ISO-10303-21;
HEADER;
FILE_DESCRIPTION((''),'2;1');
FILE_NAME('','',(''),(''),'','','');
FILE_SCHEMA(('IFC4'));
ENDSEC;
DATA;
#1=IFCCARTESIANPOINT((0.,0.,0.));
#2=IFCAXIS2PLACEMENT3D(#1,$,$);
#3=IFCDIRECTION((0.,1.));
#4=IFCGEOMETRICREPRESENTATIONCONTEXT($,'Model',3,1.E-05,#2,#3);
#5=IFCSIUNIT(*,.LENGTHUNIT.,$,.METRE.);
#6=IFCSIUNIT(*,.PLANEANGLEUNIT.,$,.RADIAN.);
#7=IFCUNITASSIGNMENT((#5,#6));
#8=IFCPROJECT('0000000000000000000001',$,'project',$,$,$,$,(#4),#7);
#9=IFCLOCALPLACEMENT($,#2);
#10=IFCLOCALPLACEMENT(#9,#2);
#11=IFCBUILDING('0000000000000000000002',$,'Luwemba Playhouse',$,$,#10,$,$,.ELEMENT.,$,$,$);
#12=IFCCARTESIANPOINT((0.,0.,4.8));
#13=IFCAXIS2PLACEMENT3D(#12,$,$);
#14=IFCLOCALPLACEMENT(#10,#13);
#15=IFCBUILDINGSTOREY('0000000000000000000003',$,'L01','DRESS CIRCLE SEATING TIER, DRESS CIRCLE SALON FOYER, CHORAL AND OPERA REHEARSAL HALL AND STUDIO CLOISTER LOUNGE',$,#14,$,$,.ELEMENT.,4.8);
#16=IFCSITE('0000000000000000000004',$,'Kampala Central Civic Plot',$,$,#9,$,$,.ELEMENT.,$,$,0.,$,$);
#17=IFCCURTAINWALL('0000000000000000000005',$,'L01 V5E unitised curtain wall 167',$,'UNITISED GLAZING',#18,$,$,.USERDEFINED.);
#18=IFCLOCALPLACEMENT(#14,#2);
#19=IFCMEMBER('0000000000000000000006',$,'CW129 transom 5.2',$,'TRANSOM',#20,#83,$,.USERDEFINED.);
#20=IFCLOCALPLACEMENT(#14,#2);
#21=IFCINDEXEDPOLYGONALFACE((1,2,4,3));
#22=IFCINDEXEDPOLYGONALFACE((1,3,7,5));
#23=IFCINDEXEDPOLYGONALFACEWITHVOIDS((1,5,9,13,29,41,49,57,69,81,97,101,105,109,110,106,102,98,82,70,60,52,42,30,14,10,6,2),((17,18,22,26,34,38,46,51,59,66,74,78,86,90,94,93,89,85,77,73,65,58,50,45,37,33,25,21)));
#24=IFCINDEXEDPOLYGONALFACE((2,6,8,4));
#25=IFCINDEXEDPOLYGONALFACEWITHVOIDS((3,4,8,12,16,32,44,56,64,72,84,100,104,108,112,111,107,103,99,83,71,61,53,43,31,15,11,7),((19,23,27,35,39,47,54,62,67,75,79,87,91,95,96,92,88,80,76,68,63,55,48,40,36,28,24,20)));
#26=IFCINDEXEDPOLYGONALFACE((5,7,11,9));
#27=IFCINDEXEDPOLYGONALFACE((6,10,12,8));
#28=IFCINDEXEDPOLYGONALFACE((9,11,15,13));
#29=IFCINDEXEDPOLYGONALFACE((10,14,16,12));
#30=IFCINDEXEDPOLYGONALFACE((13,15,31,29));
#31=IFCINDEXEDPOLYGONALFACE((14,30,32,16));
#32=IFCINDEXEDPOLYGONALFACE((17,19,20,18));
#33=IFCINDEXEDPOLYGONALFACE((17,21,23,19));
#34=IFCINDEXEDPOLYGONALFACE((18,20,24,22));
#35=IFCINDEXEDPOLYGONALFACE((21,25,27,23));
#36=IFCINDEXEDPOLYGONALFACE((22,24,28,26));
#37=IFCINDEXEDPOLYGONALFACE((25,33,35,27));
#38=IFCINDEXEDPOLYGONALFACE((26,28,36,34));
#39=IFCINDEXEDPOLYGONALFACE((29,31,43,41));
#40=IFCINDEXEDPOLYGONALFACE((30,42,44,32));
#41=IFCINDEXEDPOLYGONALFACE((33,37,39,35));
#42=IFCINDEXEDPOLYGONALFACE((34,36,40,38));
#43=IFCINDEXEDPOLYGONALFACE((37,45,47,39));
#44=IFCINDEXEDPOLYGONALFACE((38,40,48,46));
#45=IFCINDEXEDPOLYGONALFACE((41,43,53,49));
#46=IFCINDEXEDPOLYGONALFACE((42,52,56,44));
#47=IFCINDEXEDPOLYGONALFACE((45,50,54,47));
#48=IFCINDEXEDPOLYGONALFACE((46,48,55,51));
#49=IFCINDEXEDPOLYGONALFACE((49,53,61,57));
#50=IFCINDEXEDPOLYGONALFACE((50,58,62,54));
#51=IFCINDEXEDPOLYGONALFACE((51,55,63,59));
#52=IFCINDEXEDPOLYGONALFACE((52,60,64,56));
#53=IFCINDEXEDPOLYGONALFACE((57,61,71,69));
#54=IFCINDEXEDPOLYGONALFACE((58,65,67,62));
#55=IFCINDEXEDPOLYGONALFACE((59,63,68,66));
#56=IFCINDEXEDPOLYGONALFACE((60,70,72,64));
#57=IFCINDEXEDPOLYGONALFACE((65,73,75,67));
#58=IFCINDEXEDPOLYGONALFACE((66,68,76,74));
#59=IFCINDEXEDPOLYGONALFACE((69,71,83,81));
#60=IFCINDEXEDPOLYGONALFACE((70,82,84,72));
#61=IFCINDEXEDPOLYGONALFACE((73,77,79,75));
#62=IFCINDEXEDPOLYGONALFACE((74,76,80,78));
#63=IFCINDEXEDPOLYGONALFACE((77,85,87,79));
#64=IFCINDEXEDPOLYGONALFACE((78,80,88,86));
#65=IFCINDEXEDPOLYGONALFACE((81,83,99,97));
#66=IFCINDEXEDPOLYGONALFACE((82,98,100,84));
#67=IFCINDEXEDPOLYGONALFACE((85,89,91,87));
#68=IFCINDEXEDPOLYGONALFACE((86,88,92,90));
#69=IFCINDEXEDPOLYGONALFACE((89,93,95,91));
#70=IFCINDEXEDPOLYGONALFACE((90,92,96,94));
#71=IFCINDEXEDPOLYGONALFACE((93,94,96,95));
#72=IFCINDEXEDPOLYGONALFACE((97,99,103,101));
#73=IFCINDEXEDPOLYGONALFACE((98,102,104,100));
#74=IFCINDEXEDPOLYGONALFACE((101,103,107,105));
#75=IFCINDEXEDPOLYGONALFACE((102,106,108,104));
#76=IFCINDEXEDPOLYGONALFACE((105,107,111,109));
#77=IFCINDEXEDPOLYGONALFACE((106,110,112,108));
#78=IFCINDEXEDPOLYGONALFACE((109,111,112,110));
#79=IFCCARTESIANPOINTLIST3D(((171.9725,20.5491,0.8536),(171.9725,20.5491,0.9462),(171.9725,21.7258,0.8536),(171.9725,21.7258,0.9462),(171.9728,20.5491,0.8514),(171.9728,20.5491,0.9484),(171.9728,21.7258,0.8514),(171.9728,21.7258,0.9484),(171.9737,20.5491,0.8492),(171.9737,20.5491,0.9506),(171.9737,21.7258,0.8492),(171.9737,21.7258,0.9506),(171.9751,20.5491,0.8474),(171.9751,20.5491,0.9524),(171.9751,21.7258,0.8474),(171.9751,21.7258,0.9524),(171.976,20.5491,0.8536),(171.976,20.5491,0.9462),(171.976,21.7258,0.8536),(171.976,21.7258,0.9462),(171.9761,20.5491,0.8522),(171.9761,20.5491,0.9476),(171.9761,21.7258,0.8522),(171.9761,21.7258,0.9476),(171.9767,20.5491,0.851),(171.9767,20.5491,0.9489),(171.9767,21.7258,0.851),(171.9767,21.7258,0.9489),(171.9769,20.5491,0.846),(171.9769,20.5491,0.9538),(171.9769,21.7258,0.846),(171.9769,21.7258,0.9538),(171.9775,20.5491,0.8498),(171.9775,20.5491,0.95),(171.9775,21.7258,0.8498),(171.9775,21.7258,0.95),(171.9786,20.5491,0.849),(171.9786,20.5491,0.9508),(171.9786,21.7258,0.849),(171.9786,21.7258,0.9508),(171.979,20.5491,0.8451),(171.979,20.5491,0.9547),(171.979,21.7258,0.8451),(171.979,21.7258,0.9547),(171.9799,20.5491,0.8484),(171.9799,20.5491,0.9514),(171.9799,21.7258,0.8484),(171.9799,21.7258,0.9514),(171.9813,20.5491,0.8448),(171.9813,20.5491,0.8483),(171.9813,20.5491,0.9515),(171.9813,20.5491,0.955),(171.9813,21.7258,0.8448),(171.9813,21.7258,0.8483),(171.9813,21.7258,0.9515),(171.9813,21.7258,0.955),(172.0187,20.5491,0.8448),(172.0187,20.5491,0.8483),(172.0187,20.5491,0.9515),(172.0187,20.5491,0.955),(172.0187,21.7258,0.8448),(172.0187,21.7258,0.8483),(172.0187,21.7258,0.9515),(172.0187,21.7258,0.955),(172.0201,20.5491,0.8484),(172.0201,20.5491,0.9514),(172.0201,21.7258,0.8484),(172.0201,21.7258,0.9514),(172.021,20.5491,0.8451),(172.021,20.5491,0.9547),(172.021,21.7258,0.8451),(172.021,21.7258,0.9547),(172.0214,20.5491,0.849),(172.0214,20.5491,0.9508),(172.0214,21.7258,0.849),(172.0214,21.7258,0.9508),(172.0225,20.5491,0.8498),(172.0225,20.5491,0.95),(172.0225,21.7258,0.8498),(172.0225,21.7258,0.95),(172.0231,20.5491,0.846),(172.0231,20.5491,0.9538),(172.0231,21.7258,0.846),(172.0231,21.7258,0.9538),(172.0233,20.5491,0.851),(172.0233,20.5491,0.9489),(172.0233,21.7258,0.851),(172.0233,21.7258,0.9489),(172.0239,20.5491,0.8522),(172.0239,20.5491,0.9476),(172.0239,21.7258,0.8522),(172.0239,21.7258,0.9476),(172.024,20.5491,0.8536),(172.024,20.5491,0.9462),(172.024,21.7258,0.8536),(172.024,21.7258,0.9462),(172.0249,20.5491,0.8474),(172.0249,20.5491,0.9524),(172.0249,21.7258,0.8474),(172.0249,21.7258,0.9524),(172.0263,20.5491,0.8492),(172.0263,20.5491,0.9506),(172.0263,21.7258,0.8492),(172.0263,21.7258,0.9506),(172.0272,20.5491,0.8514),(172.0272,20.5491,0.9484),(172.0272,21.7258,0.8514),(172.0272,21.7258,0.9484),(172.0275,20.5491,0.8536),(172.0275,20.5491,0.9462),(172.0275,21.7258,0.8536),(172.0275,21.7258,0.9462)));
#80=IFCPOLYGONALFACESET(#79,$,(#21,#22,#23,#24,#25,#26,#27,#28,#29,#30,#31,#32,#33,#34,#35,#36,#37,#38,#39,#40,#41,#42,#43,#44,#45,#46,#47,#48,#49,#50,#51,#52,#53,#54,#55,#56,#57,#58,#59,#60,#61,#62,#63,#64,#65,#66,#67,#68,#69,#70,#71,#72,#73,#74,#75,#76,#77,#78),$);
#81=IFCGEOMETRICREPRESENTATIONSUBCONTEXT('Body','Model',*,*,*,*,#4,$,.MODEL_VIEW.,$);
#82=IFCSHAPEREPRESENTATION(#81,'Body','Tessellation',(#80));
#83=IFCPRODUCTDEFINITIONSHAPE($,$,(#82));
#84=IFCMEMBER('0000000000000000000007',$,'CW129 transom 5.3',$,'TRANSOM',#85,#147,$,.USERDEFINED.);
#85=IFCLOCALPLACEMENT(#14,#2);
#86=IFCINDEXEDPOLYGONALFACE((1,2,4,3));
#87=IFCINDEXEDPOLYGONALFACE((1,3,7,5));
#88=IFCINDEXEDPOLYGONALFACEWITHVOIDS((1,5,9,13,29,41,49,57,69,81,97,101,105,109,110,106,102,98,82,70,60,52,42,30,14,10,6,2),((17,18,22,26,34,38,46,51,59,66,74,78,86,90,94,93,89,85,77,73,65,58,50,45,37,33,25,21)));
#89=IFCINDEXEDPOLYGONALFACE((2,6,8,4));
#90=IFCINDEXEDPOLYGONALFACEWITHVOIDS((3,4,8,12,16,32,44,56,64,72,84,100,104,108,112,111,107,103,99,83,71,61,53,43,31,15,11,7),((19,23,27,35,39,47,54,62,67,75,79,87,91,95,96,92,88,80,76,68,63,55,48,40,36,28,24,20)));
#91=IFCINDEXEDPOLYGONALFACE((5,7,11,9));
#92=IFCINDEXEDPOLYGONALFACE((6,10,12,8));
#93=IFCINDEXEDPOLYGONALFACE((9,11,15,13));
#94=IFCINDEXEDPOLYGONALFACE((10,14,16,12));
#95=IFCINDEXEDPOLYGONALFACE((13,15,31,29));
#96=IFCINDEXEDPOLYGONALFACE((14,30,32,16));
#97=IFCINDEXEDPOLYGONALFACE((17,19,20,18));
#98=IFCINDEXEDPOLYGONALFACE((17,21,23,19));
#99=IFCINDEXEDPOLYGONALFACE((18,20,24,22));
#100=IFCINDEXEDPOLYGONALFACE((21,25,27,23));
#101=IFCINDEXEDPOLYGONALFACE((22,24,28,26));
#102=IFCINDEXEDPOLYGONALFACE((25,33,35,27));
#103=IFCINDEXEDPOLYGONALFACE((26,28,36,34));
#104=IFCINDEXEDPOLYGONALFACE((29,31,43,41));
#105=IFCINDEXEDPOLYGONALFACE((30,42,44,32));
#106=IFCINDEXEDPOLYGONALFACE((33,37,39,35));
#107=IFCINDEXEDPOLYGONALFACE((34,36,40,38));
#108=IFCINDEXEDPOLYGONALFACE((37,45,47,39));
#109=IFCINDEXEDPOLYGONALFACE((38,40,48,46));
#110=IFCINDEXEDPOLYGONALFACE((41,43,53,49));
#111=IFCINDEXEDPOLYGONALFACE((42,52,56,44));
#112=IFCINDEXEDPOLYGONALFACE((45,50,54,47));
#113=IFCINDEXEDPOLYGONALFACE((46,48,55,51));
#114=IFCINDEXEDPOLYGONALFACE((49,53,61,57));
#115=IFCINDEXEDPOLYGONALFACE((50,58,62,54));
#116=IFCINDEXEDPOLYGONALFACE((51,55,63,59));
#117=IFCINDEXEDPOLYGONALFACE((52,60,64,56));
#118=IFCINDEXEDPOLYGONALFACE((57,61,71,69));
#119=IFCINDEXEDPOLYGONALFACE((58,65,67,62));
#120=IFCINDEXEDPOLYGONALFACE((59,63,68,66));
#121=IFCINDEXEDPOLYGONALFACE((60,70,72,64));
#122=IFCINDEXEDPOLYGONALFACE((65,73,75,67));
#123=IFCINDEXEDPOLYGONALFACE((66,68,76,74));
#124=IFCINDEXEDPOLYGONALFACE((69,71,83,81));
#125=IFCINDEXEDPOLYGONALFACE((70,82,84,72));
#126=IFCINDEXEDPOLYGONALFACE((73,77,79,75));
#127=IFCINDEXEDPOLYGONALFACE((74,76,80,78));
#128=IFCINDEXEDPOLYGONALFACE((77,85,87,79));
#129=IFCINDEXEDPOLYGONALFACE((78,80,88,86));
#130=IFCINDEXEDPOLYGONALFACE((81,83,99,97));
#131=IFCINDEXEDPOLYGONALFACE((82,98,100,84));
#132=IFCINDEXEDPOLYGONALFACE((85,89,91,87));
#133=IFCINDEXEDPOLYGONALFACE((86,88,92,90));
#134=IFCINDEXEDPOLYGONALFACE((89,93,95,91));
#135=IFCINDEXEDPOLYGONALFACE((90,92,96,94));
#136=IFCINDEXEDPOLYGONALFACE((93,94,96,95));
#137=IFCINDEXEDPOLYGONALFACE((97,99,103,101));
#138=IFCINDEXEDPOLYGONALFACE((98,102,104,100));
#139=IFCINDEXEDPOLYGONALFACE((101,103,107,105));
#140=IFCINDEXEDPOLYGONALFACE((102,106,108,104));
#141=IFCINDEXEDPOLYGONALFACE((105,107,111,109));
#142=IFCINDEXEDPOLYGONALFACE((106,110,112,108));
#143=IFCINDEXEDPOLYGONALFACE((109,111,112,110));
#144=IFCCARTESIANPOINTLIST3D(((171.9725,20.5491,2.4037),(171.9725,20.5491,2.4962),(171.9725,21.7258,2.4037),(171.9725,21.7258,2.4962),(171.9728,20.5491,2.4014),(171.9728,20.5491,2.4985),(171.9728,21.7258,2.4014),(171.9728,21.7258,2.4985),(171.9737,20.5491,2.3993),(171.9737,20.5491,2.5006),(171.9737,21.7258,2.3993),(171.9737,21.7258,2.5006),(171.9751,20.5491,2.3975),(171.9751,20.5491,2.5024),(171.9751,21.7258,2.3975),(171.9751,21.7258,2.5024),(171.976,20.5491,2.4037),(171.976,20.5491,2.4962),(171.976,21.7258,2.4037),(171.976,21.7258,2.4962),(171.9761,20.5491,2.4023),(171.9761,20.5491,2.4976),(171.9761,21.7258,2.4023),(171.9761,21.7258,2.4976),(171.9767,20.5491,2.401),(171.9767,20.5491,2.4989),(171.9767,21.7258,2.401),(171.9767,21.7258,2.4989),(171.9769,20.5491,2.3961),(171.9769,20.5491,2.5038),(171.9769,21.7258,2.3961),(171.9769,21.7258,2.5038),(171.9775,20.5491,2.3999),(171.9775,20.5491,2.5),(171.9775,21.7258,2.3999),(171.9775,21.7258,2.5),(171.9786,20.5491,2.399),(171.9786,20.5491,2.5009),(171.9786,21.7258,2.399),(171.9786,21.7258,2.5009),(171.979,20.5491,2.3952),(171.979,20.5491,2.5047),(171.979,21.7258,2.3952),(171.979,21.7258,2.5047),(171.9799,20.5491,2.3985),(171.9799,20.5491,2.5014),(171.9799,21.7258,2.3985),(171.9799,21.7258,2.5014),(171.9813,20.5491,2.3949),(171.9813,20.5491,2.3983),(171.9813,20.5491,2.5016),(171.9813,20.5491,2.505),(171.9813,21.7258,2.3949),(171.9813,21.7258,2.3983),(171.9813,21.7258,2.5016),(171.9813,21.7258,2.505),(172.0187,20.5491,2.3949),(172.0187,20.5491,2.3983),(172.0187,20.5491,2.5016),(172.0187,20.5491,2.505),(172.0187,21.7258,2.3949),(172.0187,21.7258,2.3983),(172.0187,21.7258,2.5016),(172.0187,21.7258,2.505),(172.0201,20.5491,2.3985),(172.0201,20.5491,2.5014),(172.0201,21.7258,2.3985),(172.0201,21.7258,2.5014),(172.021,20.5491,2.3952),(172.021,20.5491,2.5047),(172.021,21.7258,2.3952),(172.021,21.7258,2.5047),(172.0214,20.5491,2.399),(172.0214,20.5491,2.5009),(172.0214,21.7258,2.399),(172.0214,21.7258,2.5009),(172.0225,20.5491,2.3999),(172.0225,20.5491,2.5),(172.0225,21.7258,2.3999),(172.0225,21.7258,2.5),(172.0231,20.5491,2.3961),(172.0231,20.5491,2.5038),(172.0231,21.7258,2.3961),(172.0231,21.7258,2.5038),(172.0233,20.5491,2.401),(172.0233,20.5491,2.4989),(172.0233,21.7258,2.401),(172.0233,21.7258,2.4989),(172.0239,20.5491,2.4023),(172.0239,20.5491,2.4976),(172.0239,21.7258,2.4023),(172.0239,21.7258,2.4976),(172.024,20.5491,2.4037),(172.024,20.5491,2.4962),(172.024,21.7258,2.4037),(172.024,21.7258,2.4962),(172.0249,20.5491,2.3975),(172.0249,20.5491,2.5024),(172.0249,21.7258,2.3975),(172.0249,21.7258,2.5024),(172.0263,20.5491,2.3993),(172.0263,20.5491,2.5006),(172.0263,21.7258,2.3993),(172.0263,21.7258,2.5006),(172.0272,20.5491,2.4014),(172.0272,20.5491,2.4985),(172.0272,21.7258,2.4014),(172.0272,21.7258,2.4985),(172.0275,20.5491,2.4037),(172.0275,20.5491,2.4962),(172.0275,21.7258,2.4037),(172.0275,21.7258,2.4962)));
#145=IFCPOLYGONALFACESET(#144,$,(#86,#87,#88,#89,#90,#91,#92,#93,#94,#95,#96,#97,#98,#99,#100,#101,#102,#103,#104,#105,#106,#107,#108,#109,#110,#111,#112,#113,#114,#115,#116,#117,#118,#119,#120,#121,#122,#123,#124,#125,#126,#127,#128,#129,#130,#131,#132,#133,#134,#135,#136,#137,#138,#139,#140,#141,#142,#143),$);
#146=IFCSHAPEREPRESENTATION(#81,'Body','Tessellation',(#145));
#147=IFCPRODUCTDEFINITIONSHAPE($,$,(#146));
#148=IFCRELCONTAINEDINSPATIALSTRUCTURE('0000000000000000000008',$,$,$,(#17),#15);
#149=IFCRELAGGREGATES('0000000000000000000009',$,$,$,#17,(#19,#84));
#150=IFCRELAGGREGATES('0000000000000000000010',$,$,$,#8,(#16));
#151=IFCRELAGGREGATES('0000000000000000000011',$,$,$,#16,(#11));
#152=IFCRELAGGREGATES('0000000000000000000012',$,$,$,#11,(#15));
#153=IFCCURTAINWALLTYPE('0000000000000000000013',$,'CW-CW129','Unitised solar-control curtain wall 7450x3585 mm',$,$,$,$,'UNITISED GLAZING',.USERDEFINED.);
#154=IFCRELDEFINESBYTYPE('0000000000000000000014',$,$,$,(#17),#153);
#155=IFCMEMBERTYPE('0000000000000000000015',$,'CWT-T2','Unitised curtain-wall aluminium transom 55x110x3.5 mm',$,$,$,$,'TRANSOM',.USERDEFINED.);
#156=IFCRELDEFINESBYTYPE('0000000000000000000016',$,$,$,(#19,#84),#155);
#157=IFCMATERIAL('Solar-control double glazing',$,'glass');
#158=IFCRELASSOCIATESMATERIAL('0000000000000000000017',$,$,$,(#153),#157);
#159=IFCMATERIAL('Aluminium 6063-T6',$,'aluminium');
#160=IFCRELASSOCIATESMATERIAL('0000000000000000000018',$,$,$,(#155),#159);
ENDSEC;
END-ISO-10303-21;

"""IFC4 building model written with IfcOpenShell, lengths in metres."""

from ifc_helpers import new_model, si_unit, direction, frame, origin, origin_2d, place, context, subcontext, project, spatial, hollow_rectangle, extrude, material, material_profile, profile_set, type_object, element, aggregate, save


model = new_model("IFC4")

# Units and contexts
model_context = context("Model", 3, precision=1e-05, world=origin(), true_north=direction((0.0, 1.0)))
body_context = subcontext(model_context, "Body", "Model", "MODEL_VIEW")
ifc_project = project(units=[si_unit("LENGTHUNIT", "METRE"), si_unit("PLANEANGLEUNIT", "RADIAN")], contexts=[model_context])

# Site, building, storey
site_placement = place(None, origin())
site = spatial("IfcSite", under=ifc_project, at=site_placement, Name="Kampala Central Civic Plot", CompositionType="ELEMENT", RefElevation=0.0)
building_placement = place(site_placement, origin())
building = spatial("IfcBuilding", under=site, at=building_placement, Name="Luwemba Playhouse", CompositionType="ELEMENT")
storey_placement = place(building_placement, frame((0.0, 0.0, 4.8)))
storey = spatial("IfcBuildingStorey", under=building, at=storey_placement, Name="L01", Description="DRESS CIRCLE SEATING TIER, DRESS CIRCLE SALON FOYER, CHORAL AND OPERA REHEARSAL HALL AND STUDIO CLOISTER LOUNGE", CompositionType="ELEMENT", Elevation=4.8)

# Curtain wall
ifc_material_1 = material(Name="Solar-control double glazing", Category="glass")
curtain_wall_type_1 = type_object("IfcCurtainWallType", Name="CW-CW129", Description="Unitised solar-control curtain wall 7450x3585 mm", ElementType="UNITISED GLAZING", PredefinedType="USERDEFINED", material=ifc_material_1)
curtain_wall_1_placement = place(storey_placement, origin())
curtain_wall_1 = element("IfcCurtainWall", 1, at=curtain_wall_1_placement, inside=storey, type_object=curtain_wall_type_1, Name="L01 V5E unitised curtain wall 167", ObjectType="UNITISED GLAZING", PredefinedType="USERDEFINED")
ifc_material_2 = material(Name="Aluminium 6063-T6", Category="aluminium")

# Members
ifc_material_profile_1 = material_profile(ifc_material_2, hollow_rectangle(XDim=0.0549, YDim=0.1101, WallThickness=0.0034, InnerFilletRadius=0.0054, OuterFilletRadius=0.0088, at=origin_2d()))
ifc_profile_set_1 = profile_set([ifc_material_profile_1], Name="Aluminium 6063-T6")
member_type_1 = type_object("IfcMemberType", Name="CWT-T2", Description="Unitised curtain-wall aluminium transom 55x110x3.5 mm", ElementType="TRANSOM", PredefinedType="USERDEFINED", material=ifc_profile_set_1)
member_1_placement = place(storey_placement, frame((172.0, 21.7258, 0.8999), z_axis=(0.0, -1.0, 0.0), x_axis=(1.0, 0.0, 0.0)))
member_1 = element("IfcMember", 2, at=member_1_placement, type_object=member_type_1, Name="CW129 transom 5.2", ObjectType="TRANSOM", PredefinedType="USERDEFINED", context=body_context, shape_type="SweptSolid", body=[
    extrude(hollow_rectangle(XDim=0.0549, YDim=0.1101, WallThickness=0.0034, InnerFilletRadius=0.0054, OuterFilletRadius=0.0088, at=origin_2d()), origin(), (0.0, 0.0, 1.0), 1.1768),
])
member_2_placement = place(storey_placement, frame((172.0, 21.7258, 2.45), z_axis=(0.0, -1.0, 0.0), x_axis=(1.0, 0.0, 0.0)))
member_2 = element("IfcMember", 3, at=member_2_placement, type_object=member_type_1, Name="CW129 transom 5.3", ObjectType="TRANSOM", PredefinedType="USERDEFINED", context=body_context, shape_type="SweptSolid", body=[
    extrude(hollow_rectangle(XDim=0.0549, YDim=0.1101, WallThickness=0.0034, InnerFilletRadius=0.0054, OuterFilletRadius=0.0088, at=origin_2d()), origin(), (0.0, 0.0, 1.0), 1.1768),
])

aggregate(curtain_wall_1, [member_1, member_2])

save(model, "model.ifc")
